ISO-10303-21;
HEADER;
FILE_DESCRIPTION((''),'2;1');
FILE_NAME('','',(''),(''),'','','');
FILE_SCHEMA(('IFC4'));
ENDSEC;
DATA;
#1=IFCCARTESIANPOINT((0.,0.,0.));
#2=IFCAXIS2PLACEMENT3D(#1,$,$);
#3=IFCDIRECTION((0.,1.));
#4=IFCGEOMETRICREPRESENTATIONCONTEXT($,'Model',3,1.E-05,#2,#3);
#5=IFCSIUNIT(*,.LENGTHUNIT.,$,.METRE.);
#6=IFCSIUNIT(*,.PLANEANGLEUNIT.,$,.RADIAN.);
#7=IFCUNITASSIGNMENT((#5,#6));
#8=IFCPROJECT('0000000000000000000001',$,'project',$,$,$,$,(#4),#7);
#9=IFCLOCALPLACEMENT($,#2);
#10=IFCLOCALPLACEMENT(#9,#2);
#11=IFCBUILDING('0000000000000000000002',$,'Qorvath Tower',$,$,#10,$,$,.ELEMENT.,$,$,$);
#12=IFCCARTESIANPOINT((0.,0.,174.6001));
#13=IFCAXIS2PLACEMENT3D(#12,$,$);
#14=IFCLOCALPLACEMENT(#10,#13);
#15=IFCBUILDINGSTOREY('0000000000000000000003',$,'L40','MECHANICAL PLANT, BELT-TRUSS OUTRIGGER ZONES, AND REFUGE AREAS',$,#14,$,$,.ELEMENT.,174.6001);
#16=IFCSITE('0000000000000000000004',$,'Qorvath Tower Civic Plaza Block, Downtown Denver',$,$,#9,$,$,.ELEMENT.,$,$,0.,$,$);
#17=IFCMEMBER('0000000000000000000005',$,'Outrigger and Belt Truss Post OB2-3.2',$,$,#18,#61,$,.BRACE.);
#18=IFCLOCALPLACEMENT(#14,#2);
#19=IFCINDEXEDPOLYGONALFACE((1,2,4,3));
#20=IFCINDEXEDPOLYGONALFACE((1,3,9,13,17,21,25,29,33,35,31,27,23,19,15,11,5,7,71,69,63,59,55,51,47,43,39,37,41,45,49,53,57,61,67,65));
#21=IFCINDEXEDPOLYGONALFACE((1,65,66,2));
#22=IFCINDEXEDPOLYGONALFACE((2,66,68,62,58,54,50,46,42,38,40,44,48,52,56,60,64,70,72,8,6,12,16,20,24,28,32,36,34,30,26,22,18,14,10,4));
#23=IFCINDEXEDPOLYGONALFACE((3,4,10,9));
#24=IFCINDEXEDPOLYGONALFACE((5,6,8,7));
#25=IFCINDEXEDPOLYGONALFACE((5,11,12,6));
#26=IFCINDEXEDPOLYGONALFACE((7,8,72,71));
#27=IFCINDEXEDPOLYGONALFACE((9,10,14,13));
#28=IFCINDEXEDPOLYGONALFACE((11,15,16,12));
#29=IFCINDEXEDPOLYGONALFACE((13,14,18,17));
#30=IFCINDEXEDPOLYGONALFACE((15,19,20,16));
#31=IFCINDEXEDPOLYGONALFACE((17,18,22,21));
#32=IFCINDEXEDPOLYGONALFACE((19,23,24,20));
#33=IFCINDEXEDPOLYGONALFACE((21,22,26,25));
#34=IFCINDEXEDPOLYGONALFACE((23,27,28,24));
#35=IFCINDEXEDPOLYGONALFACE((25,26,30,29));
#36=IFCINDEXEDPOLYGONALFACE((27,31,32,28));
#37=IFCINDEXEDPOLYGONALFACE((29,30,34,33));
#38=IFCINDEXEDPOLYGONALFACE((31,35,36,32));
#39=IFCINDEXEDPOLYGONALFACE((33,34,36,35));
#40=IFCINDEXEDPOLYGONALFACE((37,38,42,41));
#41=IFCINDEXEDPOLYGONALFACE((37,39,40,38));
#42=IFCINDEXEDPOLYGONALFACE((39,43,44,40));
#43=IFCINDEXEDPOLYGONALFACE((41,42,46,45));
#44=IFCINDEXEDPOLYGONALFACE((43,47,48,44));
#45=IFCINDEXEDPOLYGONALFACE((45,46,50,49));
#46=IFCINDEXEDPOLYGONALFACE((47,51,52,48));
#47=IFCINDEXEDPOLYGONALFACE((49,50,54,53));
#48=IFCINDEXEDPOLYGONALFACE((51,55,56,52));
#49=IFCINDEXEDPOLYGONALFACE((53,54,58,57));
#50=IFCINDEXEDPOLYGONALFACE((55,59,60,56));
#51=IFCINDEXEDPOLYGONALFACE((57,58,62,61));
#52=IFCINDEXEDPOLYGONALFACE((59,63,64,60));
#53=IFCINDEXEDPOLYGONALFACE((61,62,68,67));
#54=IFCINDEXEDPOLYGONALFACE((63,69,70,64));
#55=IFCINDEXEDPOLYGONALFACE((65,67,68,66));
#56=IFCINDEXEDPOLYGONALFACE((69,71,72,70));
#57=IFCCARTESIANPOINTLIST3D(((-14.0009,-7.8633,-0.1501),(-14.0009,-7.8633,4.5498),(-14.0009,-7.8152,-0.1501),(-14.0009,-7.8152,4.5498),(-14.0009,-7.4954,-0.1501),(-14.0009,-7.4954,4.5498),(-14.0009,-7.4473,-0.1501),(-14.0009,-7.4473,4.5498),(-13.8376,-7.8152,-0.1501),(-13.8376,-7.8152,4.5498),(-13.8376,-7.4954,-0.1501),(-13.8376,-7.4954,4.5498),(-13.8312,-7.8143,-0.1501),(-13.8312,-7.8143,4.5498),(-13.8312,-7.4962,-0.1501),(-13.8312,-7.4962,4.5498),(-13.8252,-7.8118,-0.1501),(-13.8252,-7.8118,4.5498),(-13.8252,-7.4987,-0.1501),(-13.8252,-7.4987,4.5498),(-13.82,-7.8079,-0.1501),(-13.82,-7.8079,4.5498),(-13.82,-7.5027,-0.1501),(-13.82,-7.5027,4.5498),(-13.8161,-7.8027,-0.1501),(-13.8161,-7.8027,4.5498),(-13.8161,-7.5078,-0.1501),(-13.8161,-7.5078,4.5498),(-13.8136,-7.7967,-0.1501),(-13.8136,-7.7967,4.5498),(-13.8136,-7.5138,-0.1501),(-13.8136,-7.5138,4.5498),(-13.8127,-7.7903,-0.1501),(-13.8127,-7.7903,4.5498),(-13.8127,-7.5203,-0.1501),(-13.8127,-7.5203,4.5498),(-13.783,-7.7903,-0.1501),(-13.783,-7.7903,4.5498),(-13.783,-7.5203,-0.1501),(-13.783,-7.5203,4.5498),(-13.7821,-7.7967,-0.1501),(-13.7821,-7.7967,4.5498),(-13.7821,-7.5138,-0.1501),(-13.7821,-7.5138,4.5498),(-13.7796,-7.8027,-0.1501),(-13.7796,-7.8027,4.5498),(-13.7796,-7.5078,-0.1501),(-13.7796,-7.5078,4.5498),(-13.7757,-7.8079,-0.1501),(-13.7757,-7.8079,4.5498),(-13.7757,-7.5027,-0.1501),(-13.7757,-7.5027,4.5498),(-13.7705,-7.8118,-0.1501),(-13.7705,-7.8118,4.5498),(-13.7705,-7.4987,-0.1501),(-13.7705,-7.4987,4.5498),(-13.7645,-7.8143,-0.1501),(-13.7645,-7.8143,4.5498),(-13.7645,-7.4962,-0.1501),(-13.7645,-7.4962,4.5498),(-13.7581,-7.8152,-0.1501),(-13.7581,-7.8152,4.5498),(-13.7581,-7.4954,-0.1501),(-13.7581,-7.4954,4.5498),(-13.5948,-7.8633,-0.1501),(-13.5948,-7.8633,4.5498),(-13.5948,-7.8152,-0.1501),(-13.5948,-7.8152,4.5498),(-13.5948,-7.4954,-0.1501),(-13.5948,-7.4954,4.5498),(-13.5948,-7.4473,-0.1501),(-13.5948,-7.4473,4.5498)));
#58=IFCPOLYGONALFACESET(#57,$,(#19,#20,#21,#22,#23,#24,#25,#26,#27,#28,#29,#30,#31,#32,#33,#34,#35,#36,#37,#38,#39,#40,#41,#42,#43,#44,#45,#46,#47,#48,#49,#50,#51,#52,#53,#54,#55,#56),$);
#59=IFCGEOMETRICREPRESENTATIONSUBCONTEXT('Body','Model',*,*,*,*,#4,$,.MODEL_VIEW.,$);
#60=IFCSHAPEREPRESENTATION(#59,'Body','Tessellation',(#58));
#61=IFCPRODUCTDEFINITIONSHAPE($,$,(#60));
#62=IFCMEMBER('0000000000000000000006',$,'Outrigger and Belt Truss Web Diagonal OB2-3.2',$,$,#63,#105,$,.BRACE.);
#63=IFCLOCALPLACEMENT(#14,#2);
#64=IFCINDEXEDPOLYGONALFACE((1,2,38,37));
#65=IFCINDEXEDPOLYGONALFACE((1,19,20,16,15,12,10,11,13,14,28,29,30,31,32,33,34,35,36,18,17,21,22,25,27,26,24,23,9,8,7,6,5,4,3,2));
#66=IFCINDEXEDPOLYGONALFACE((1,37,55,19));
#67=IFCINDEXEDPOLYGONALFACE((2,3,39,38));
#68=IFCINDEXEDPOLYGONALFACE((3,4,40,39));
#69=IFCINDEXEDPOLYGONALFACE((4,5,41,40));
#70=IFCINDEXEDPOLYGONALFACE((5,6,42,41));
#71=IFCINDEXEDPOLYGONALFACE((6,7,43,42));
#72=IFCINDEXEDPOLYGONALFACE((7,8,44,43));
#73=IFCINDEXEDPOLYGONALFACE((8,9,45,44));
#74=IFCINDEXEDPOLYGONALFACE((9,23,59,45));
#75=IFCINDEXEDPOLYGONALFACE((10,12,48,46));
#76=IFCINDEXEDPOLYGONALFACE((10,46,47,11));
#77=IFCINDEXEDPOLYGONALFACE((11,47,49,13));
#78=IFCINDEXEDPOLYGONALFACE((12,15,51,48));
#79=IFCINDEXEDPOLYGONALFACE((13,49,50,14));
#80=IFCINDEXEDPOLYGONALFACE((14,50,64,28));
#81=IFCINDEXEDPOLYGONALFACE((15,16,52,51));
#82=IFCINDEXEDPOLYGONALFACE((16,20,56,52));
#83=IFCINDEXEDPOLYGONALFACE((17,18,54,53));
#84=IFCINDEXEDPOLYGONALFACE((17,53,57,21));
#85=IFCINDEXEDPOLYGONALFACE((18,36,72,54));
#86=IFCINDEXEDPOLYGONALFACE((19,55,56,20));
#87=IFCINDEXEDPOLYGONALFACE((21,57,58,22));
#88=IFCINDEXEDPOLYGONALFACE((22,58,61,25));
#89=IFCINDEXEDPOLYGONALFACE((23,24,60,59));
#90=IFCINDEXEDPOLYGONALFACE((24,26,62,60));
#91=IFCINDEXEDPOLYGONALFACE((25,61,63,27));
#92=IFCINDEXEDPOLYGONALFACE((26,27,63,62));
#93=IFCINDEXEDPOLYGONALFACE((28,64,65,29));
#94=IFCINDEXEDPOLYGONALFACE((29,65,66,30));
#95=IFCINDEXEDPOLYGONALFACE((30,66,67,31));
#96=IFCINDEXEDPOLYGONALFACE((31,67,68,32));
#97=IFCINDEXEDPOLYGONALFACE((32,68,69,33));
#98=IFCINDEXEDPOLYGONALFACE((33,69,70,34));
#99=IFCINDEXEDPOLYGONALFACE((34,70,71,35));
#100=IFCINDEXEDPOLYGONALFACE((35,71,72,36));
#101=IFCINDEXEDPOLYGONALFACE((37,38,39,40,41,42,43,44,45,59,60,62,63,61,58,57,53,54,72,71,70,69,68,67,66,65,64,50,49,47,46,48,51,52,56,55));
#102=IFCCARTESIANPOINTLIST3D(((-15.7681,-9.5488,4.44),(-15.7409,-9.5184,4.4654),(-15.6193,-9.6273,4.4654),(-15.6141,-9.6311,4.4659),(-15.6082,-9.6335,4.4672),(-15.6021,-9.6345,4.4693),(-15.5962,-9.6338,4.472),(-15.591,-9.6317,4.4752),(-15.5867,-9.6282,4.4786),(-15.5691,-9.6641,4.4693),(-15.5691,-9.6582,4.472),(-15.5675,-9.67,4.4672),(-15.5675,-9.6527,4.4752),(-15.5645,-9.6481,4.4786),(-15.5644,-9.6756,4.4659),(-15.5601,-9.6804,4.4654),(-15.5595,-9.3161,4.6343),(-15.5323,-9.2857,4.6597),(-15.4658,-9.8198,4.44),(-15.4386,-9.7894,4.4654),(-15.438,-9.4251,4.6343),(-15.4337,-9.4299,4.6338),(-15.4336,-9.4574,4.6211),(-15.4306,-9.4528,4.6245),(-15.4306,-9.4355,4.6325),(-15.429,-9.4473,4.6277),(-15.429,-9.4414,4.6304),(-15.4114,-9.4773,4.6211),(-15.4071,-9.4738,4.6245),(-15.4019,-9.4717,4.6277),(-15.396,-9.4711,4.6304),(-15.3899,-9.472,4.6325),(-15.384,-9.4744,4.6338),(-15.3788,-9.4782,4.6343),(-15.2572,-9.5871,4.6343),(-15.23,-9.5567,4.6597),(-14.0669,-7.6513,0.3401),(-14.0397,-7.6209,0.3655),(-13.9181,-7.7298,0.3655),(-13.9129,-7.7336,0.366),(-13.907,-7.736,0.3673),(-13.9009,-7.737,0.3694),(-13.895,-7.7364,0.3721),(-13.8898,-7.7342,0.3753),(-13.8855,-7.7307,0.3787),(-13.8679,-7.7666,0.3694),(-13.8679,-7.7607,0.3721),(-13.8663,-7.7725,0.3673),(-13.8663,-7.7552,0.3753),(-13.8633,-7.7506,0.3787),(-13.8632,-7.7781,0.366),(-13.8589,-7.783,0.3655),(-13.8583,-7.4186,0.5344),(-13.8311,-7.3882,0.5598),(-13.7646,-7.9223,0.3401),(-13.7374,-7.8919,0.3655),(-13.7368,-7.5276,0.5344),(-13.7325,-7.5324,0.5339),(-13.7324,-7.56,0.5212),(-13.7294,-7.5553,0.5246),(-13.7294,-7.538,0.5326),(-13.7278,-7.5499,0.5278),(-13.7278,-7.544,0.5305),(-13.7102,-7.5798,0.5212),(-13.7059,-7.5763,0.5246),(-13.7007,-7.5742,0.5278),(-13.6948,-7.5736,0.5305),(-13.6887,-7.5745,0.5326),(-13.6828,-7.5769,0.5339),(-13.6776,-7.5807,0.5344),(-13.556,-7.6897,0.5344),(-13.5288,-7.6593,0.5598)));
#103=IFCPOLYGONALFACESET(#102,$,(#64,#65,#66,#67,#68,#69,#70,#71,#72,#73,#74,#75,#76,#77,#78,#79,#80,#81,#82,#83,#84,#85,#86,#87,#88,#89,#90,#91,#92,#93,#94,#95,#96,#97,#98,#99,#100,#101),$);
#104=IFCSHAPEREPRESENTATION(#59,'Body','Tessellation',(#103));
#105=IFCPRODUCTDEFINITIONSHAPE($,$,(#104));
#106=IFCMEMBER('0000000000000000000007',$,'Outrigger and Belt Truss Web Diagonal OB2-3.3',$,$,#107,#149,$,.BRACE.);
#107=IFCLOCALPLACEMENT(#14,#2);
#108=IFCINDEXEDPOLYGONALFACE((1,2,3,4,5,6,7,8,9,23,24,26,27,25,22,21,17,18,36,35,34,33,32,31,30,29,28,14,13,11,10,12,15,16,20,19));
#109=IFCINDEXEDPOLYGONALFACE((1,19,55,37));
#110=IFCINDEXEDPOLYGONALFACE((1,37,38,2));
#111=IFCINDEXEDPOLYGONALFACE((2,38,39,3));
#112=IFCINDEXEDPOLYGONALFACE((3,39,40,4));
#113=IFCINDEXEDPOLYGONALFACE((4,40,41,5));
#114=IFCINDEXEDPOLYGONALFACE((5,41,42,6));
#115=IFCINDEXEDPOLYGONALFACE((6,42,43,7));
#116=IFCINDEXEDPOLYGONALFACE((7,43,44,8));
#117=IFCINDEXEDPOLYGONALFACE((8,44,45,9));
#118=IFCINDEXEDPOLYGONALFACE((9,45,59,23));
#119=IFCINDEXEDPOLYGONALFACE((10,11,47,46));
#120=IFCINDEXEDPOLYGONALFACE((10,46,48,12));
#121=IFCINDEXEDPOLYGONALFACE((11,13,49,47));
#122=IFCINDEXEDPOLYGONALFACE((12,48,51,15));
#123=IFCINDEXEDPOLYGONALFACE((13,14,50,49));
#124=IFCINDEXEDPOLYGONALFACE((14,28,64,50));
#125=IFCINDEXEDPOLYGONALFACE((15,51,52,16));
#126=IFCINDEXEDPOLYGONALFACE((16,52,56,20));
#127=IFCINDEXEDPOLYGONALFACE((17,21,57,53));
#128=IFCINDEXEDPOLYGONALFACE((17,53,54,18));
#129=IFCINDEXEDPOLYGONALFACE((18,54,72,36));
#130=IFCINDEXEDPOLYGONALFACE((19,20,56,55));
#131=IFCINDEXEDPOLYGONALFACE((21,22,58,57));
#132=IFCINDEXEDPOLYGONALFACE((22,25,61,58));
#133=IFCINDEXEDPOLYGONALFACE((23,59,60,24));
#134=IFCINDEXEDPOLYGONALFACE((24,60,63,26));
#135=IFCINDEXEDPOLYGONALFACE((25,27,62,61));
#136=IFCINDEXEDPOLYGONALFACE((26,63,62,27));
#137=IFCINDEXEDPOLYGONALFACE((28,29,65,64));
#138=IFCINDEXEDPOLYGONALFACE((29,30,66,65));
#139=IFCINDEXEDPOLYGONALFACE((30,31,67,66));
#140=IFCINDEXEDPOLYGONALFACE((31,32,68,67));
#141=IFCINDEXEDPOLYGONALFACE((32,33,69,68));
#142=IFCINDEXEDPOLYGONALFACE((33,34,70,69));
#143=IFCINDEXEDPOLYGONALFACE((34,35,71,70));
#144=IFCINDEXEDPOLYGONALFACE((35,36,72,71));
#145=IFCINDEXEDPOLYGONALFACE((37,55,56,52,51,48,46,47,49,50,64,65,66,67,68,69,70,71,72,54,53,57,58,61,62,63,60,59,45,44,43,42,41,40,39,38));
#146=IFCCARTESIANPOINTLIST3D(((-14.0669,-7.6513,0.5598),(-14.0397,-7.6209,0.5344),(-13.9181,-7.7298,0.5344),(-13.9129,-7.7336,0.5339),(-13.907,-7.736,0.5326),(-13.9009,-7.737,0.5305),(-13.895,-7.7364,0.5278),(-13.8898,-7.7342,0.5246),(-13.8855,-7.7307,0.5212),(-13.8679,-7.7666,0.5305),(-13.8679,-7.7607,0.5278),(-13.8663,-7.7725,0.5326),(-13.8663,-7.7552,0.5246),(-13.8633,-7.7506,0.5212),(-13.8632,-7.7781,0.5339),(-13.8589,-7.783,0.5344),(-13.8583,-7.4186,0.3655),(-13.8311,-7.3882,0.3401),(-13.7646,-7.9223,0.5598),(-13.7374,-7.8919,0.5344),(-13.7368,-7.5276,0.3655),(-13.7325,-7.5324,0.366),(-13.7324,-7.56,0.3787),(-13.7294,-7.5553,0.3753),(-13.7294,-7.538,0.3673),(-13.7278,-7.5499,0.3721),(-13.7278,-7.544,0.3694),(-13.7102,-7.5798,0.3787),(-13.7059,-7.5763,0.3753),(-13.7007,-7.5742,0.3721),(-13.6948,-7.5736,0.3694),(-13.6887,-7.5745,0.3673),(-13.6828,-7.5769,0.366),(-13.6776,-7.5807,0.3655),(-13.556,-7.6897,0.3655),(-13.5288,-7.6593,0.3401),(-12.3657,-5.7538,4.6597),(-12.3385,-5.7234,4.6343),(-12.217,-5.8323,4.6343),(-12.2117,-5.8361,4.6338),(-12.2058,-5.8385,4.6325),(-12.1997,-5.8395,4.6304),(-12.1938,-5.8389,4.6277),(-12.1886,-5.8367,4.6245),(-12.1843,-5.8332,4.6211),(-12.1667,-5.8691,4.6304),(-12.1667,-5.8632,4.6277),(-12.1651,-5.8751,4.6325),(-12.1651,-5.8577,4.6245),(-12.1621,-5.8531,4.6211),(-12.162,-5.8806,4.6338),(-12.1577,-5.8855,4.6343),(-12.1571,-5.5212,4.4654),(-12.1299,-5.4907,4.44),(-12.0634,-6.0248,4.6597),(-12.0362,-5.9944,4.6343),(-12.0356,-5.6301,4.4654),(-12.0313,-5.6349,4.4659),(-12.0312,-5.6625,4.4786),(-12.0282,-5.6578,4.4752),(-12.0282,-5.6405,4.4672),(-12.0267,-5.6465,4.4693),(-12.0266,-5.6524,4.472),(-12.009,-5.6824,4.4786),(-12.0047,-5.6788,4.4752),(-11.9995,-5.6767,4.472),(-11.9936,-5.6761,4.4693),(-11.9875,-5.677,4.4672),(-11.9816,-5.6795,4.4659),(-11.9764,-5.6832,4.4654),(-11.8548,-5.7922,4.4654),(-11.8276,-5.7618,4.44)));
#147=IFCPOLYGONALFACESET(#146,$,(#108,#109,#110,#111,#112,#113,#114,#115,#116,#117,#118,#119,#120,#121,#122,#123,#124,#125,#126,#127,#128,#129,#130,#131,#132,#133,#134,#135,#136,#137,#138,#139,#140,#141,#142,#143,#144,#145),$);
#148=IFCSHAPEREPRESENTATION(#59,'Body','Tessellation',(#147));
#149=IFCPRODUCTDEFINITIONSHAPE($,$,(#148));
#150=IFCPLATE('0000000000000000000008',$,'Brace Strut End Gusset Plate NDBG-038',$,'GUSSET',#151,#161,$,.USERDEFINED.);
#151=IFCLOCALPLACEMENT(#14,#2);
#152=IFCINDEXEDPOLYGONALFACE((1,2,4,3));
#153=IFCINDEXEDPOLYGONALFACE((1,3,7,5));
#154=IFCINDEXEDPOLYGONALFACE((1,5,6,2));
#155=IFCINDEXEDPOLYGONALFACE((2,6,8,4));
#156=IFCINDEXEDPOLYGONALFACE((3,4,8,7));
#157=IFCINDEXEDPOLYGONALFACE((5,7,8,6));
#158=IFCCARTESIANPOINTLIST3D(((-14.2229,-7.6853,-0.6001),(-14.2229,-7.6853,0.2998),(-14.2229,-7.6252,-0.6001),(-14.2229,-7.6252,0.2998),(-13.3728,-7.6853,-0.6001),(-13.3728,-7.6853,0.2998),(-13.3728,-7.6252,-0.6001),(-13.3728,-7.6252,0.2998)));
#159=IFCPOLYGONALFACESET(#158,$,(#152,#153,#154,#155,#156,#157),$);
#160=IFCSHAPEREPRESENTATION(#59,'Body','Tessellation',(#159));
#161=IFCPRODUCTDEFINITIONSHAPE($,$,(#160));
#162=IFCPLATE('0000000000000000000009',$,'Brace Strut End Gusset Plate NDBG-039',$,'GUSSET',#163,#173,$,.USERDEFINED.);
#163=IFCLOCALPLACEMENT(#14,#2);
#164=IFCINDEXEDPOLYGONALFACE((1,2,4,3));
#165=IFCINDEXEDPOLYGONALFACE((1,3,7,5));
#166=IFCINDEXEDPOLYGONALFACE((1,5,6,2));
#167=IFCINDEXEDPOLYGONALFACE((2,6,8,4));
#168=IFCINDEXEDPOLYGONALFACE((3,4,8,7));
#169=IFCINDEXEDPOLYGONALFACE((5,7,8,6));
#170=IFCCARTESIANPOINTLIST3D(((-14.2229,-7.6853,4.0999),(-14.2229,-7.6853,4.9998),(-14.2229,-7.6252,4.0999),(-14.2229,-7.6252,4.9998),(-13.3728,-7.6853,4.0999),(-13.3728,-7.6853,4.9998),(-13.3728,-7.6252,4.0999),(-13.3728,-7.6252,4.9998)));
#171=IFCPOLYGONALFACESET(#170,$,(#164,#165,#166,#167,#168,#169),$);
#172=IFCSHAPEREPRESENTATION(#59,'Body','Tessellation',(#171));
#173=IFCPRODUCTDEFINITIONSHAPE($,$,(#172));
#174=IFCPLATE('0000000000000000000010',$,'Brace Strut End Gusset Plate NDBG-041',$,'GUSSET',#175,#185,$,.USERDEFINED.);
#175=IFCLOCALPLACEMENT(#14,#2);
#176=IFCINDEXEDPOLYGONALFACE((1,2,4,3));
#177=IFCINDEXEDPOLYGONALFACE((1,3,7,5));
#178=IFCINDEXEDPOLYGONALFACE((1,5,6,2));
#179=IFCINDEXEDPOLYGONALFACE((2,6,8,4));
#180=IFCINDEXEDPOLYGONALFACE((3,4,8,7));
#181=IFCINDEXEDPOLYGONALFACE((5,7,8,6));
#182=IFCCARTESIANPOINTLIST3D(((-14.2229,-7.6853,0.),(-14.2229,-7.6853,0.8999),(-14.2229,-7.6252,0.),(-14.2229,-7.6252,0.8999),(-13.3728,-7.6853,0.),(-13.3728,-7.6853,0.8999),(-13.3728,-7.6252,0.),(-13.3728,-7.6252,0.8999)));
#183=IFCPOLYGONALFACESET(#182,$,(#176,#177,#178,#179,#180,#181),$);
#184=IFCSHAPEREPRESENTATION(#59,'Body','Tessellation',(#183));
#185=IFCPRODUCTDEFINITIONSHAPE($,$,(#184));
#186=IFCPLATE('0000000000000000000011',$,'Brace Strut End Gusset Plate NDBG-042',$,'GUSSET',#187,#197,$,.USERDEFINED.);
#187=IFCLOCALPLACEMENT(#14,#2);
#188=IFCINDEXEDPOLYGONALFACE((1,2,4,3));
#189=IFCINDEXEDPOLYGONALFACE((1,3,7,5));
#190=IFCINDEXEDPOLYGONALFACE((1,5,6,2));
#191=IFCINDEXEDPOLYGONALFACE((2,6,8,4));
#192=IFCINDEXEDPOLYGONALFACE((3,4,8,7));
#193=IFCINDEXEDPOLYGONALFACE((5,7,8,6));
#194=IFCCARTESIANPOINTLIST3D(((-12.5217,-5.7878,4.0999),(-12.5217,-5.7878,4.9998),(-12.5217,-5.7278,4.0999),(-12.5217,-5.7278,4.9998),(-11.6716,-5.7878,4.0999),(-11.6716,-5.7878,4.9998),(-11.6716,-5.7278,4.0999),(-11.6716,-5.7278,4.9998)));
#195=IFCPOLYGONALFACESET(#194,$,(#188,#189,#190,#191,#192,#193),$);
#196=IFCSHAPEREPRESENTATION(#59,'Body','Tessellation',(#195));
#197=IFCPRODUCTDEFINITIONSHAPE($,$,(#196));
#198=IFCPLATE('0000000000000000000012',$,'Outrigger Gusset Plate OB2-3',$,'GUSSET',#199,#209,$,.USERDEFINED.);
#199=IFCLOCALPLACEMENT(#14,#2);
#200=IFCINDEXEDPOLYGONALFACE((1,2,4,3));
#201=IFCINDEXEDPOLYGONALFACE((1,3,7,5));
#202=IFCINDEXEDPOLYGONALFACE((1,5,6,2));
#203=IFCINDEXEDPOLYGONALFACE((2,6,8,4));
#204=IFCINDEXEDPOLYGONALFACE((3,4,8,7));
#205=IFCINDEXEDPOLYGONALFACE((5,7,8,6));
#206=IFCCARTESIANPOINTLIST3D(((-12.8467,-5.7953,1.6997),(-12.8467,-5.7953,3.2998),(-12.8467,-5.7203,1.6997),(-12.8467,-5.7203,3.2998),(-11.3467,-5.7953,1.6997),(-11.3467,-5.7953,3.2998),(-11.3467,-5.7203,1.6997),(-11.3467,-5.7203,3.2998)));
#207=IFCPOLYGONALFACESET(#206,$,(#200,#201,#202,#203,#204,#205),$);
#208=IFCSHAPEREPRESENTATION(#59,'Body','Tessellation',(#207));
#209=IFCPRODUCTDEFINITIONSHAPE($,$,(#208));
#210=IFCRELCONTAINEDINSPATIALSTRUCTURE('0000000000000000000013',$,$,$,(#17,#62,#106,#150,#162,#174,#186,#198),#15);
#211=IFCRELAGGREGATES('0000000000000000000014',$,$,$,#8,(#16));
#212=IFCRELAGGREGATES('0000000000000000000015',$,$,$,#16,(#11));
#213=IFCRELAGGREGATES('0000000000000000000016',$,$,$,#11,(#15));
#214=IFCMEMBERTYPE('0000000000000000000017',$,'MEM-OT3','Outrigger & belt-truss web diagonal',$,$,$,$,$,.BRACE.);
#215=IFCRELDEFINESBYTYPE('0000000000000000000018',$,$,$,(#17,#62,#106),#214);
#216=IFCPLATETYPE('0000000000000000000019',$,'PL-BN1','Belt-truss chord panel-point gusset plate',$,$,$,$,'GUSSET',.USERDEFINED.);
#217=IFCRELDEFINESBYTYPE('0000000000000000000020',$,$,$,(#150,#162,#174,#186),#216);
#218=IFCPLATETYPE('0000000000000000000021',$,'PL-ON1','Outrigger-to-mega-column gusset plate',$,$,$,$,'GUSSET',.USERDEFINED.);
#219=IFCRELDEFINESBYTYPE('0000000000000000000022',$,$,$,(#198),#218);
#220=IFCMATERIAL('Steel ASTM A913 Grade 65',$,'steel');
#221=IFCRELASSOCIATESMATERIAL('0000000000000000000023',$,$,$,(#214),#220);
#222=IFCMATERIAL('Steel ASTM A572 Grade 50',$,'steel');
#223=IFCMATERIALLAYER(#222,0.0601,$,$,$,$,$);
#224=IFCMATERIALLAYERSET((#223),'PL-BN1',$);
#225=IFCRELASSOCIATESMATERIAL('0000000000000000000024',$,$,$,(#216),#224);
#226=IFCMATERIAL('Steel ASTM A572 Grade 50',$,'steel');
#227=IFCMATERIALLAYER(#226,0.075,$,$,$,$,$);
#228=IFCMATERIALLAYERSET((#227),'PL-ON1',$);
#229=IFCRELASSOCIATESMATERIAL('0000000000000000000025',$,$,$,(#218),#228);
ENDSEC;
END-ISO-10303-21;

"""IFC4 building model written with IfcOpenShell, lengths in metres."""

from ifc_helpers import new_model, si_unit, direction, frame, origin, origin_2d, place, context, subcontext, project, spatial, rectangle, i_section, extrude, material, layer, layer_set, material_profile, profile_set, type_object, element, save


model = new_model("IFC4")

# Units and contexts
model_context = context("Model", 3, precision=1e-05, world=origin(), true_north=direction((0.0, 1.0)))
body_context = subcontext(model_context, "Body", "Model", "MODEL_VIEW")
ifc_project = project(units=[si_unit("LENGTHUNIT", "METRE"), si_unit("PLANEANGLEUNIT", "RADIAN")], contexts=[model_context])

# Site, building, storey
site_placement = place(None, origin())
site = spatial("IfcSite", under=ifc_project, at=site_placement, Name="Qorvath Tower Civic Plaza Block, Downtown Denver", CompositionType="ELEMENT", RefElevation=0.0)
building_placement = place(site_placement, origin())
building = spatial("IfcBuilding", under=site, at=building_placement, Name="Qorvath Tower", CompositionType="ELEMENT")
storey_placement = place(building_placement, frame((0.0, 0.0, 174.6001)))
storey = spatial("IfcBuildingStorey", under=building, at=storey_placement, Name="L40", Description="MECHANICAL PLANT, BELT-TRUSS OUTRIGGER ZONES, AND REFUGE AREAS", CompositionType="ELEMENT", Elevation=174.6001)

# Members
ifc_material_1 = material(Name="Steel ASTM A913 Grade 65", Category="steel")
ifc_material_profile_1 = material_profile(ifc_material_1, i_section(OverallWidth=0.406, OverallDepth=0.416, WebThickness=0.0298, FlangeThickness=0.0481, FilletRadius=0.0249, at=origin_2d()), Name="W14x257")
ifc_profile_set_1 = profile_set([ifc_material_profile_1], Name="Steel ASTM A913 Grade 65")
member_type_1 = type_object("IfcMemberType", Name="MEM-OT3", Description="Outrigger & belt-truss web diagonal", PredefinedType="BRACE", material=ifc_profile_set_1)
member_1_placement = place(storey_placement, frame((-13.7979, -7.6553, -0.1501), z_axis=(0.0, 0.0, 1.0), x_axis=(1.0, 0.0, 0.0)))
element("IfcMember", 1, at=member_1_placement, inside=storey, type_object=member_type_1, Name="Outrigger and Belt Truss Post OB2-3.2", PredefinedType="BRACE", context=body_context, shape_type="SweptSolid", body=[
    extrude(i_section(OverallWidth=0.406, OverallDepth=0.416, WebThickness=0.0298, FlangeThickness=0.0481, FilletRadius=0.0249, at=origin_2d()), origin(), (0.0, 0.0, 1.0), 4.7),
])
for number, where, z_axis, x_axis, name in (
    (2, (-13.7979, -7.6553, 0.45), (-0.352404, -0.393066, 0.8493), (0.744569, -0.667545, 0.0), "Outrigger and Belt Truss Web Diagonal OB2-3.2"),
    (3, (-13.7979, -7.6553, 0.45), (0.352404, 0.393066, 0.8493), (-0.744569, 0.667545, 0.0), "Outrigger and Belt Truss Web Diagonal OB2-3.3"),
):
    element("IfcMember", number, at=place(storey_placement, frame(where, z_axis=z_axis, x_axis=x_axis)), inside=storey, type_object=member_type_1, Name=name, PredefinedType="BRACE", context=body_context, shape_type="SweptSolid", body=[
        extrude(i_section(OverallWidth=0.406, OverallDepth=0.416, WebThickness=0.0298, FlangeThickness=0.0481, FilletRadius=0.0249, at=origin_2d()), origin(), (0.0, 0.0, 1.0), 4.8274),
    ])

# Plates
ifc_material_2 = material(Name="Steel ASTM A572 Grade 50", Category="steel")
ifc_layer_1 = layer(ifc_material_2, 0.0601)
ifc_layer_set_1 = layer_set([ifc_layer_1], Name="PL-BN1")
plate_type_1 = type_object("IfcPlateType", Name="PL-BN1", Description="Belt-truss chord panel-point gusset plate", ElementType="GUSSET", PredefinedType="USERDEFINED", material=ifc_layer_set_1)
for number, where, z_axis, x_axis, name in (
    (4, (-13.7979, -7.6553, -0.6001), (0.0, 0.0, 1.0), (1.0, 0.0, 0.0), "Brace Strut End Gusset Plate NDBG-038"),
    (5, (-13.7979, -7.6553, 4.0999), (0.0, 0.0, 1.0), (1.0, 0.0, 0.0), "Brace Strut End Gusset Plate NDBG-039"),
    (6, (-13.7979, -7.6553, 0.0), (0.0, 0.0, 1.0), (1.0, 0.0, 0.0), "Brace Strut End Gusset Plate NDBG-041"),
    (7, (-12.0967, -5.7578, 4.0999), (0.0, 0.0, 1.0), (1.0, 0.0, 0.0), "Brace Strut End Gusset Plate NDBG-042"),
):
    element("IfcPlate", number, at=place(storey_placement, frame(where, z_axis=z_axis, x_axis=x_axis)), inside=storey, type_object=plate_type_1, Name=name, ObjectType="GUSSET", PredefinedType="USERDEFINED", context=body_context, shape_type="SweptSolid", body=[
        extrude(rectangle(XDim=0.8501, YDim=0.0601, at=origin_2d()), origin(), (0.0, 0.0, 1.0), 0.8999),
    ])
ifc_material_3 = material(Name="Steel ASTM A572 Grade 50", Category="steel")
ifc_layer_2 = layer(ifc_material_3, 0.075)
ifc_layer_set_2 = layer_set([ifc_layer_2], Name="PL-ON1")
plate_type_2 = type_object("IfcPlateType", Name="PL-ON1", Description="Outrigger-to-mega-column gusset plate", ElementType="GUSSET", PredefinedType="USERDEFINED", material=ifc_layer_set_2)
plate_placement = place(storey_placement, frame((-12.0967, -5.7578, 1.6997), z_axis=(0.0, 0.0, 1.0), x_axis=(1.0, 0.0, 0.0)))
element("IfcPlate", 8, at=plate_placement, inside=storey, type_object=plate_type_2, Name="Outrigger Gusset Plate OB2-3", ObjectType="GUSSET", PredefinedType="USERDEFINED", context=body_context, shape_type="SweptSolid", body=[
    extrude(rectangle(XDim=1.5, YDim=0.075, at=origin_2d()), origin(), (0.0, 0.0, 1.0), 1.6001),
])

save(model, "model.ifc")
